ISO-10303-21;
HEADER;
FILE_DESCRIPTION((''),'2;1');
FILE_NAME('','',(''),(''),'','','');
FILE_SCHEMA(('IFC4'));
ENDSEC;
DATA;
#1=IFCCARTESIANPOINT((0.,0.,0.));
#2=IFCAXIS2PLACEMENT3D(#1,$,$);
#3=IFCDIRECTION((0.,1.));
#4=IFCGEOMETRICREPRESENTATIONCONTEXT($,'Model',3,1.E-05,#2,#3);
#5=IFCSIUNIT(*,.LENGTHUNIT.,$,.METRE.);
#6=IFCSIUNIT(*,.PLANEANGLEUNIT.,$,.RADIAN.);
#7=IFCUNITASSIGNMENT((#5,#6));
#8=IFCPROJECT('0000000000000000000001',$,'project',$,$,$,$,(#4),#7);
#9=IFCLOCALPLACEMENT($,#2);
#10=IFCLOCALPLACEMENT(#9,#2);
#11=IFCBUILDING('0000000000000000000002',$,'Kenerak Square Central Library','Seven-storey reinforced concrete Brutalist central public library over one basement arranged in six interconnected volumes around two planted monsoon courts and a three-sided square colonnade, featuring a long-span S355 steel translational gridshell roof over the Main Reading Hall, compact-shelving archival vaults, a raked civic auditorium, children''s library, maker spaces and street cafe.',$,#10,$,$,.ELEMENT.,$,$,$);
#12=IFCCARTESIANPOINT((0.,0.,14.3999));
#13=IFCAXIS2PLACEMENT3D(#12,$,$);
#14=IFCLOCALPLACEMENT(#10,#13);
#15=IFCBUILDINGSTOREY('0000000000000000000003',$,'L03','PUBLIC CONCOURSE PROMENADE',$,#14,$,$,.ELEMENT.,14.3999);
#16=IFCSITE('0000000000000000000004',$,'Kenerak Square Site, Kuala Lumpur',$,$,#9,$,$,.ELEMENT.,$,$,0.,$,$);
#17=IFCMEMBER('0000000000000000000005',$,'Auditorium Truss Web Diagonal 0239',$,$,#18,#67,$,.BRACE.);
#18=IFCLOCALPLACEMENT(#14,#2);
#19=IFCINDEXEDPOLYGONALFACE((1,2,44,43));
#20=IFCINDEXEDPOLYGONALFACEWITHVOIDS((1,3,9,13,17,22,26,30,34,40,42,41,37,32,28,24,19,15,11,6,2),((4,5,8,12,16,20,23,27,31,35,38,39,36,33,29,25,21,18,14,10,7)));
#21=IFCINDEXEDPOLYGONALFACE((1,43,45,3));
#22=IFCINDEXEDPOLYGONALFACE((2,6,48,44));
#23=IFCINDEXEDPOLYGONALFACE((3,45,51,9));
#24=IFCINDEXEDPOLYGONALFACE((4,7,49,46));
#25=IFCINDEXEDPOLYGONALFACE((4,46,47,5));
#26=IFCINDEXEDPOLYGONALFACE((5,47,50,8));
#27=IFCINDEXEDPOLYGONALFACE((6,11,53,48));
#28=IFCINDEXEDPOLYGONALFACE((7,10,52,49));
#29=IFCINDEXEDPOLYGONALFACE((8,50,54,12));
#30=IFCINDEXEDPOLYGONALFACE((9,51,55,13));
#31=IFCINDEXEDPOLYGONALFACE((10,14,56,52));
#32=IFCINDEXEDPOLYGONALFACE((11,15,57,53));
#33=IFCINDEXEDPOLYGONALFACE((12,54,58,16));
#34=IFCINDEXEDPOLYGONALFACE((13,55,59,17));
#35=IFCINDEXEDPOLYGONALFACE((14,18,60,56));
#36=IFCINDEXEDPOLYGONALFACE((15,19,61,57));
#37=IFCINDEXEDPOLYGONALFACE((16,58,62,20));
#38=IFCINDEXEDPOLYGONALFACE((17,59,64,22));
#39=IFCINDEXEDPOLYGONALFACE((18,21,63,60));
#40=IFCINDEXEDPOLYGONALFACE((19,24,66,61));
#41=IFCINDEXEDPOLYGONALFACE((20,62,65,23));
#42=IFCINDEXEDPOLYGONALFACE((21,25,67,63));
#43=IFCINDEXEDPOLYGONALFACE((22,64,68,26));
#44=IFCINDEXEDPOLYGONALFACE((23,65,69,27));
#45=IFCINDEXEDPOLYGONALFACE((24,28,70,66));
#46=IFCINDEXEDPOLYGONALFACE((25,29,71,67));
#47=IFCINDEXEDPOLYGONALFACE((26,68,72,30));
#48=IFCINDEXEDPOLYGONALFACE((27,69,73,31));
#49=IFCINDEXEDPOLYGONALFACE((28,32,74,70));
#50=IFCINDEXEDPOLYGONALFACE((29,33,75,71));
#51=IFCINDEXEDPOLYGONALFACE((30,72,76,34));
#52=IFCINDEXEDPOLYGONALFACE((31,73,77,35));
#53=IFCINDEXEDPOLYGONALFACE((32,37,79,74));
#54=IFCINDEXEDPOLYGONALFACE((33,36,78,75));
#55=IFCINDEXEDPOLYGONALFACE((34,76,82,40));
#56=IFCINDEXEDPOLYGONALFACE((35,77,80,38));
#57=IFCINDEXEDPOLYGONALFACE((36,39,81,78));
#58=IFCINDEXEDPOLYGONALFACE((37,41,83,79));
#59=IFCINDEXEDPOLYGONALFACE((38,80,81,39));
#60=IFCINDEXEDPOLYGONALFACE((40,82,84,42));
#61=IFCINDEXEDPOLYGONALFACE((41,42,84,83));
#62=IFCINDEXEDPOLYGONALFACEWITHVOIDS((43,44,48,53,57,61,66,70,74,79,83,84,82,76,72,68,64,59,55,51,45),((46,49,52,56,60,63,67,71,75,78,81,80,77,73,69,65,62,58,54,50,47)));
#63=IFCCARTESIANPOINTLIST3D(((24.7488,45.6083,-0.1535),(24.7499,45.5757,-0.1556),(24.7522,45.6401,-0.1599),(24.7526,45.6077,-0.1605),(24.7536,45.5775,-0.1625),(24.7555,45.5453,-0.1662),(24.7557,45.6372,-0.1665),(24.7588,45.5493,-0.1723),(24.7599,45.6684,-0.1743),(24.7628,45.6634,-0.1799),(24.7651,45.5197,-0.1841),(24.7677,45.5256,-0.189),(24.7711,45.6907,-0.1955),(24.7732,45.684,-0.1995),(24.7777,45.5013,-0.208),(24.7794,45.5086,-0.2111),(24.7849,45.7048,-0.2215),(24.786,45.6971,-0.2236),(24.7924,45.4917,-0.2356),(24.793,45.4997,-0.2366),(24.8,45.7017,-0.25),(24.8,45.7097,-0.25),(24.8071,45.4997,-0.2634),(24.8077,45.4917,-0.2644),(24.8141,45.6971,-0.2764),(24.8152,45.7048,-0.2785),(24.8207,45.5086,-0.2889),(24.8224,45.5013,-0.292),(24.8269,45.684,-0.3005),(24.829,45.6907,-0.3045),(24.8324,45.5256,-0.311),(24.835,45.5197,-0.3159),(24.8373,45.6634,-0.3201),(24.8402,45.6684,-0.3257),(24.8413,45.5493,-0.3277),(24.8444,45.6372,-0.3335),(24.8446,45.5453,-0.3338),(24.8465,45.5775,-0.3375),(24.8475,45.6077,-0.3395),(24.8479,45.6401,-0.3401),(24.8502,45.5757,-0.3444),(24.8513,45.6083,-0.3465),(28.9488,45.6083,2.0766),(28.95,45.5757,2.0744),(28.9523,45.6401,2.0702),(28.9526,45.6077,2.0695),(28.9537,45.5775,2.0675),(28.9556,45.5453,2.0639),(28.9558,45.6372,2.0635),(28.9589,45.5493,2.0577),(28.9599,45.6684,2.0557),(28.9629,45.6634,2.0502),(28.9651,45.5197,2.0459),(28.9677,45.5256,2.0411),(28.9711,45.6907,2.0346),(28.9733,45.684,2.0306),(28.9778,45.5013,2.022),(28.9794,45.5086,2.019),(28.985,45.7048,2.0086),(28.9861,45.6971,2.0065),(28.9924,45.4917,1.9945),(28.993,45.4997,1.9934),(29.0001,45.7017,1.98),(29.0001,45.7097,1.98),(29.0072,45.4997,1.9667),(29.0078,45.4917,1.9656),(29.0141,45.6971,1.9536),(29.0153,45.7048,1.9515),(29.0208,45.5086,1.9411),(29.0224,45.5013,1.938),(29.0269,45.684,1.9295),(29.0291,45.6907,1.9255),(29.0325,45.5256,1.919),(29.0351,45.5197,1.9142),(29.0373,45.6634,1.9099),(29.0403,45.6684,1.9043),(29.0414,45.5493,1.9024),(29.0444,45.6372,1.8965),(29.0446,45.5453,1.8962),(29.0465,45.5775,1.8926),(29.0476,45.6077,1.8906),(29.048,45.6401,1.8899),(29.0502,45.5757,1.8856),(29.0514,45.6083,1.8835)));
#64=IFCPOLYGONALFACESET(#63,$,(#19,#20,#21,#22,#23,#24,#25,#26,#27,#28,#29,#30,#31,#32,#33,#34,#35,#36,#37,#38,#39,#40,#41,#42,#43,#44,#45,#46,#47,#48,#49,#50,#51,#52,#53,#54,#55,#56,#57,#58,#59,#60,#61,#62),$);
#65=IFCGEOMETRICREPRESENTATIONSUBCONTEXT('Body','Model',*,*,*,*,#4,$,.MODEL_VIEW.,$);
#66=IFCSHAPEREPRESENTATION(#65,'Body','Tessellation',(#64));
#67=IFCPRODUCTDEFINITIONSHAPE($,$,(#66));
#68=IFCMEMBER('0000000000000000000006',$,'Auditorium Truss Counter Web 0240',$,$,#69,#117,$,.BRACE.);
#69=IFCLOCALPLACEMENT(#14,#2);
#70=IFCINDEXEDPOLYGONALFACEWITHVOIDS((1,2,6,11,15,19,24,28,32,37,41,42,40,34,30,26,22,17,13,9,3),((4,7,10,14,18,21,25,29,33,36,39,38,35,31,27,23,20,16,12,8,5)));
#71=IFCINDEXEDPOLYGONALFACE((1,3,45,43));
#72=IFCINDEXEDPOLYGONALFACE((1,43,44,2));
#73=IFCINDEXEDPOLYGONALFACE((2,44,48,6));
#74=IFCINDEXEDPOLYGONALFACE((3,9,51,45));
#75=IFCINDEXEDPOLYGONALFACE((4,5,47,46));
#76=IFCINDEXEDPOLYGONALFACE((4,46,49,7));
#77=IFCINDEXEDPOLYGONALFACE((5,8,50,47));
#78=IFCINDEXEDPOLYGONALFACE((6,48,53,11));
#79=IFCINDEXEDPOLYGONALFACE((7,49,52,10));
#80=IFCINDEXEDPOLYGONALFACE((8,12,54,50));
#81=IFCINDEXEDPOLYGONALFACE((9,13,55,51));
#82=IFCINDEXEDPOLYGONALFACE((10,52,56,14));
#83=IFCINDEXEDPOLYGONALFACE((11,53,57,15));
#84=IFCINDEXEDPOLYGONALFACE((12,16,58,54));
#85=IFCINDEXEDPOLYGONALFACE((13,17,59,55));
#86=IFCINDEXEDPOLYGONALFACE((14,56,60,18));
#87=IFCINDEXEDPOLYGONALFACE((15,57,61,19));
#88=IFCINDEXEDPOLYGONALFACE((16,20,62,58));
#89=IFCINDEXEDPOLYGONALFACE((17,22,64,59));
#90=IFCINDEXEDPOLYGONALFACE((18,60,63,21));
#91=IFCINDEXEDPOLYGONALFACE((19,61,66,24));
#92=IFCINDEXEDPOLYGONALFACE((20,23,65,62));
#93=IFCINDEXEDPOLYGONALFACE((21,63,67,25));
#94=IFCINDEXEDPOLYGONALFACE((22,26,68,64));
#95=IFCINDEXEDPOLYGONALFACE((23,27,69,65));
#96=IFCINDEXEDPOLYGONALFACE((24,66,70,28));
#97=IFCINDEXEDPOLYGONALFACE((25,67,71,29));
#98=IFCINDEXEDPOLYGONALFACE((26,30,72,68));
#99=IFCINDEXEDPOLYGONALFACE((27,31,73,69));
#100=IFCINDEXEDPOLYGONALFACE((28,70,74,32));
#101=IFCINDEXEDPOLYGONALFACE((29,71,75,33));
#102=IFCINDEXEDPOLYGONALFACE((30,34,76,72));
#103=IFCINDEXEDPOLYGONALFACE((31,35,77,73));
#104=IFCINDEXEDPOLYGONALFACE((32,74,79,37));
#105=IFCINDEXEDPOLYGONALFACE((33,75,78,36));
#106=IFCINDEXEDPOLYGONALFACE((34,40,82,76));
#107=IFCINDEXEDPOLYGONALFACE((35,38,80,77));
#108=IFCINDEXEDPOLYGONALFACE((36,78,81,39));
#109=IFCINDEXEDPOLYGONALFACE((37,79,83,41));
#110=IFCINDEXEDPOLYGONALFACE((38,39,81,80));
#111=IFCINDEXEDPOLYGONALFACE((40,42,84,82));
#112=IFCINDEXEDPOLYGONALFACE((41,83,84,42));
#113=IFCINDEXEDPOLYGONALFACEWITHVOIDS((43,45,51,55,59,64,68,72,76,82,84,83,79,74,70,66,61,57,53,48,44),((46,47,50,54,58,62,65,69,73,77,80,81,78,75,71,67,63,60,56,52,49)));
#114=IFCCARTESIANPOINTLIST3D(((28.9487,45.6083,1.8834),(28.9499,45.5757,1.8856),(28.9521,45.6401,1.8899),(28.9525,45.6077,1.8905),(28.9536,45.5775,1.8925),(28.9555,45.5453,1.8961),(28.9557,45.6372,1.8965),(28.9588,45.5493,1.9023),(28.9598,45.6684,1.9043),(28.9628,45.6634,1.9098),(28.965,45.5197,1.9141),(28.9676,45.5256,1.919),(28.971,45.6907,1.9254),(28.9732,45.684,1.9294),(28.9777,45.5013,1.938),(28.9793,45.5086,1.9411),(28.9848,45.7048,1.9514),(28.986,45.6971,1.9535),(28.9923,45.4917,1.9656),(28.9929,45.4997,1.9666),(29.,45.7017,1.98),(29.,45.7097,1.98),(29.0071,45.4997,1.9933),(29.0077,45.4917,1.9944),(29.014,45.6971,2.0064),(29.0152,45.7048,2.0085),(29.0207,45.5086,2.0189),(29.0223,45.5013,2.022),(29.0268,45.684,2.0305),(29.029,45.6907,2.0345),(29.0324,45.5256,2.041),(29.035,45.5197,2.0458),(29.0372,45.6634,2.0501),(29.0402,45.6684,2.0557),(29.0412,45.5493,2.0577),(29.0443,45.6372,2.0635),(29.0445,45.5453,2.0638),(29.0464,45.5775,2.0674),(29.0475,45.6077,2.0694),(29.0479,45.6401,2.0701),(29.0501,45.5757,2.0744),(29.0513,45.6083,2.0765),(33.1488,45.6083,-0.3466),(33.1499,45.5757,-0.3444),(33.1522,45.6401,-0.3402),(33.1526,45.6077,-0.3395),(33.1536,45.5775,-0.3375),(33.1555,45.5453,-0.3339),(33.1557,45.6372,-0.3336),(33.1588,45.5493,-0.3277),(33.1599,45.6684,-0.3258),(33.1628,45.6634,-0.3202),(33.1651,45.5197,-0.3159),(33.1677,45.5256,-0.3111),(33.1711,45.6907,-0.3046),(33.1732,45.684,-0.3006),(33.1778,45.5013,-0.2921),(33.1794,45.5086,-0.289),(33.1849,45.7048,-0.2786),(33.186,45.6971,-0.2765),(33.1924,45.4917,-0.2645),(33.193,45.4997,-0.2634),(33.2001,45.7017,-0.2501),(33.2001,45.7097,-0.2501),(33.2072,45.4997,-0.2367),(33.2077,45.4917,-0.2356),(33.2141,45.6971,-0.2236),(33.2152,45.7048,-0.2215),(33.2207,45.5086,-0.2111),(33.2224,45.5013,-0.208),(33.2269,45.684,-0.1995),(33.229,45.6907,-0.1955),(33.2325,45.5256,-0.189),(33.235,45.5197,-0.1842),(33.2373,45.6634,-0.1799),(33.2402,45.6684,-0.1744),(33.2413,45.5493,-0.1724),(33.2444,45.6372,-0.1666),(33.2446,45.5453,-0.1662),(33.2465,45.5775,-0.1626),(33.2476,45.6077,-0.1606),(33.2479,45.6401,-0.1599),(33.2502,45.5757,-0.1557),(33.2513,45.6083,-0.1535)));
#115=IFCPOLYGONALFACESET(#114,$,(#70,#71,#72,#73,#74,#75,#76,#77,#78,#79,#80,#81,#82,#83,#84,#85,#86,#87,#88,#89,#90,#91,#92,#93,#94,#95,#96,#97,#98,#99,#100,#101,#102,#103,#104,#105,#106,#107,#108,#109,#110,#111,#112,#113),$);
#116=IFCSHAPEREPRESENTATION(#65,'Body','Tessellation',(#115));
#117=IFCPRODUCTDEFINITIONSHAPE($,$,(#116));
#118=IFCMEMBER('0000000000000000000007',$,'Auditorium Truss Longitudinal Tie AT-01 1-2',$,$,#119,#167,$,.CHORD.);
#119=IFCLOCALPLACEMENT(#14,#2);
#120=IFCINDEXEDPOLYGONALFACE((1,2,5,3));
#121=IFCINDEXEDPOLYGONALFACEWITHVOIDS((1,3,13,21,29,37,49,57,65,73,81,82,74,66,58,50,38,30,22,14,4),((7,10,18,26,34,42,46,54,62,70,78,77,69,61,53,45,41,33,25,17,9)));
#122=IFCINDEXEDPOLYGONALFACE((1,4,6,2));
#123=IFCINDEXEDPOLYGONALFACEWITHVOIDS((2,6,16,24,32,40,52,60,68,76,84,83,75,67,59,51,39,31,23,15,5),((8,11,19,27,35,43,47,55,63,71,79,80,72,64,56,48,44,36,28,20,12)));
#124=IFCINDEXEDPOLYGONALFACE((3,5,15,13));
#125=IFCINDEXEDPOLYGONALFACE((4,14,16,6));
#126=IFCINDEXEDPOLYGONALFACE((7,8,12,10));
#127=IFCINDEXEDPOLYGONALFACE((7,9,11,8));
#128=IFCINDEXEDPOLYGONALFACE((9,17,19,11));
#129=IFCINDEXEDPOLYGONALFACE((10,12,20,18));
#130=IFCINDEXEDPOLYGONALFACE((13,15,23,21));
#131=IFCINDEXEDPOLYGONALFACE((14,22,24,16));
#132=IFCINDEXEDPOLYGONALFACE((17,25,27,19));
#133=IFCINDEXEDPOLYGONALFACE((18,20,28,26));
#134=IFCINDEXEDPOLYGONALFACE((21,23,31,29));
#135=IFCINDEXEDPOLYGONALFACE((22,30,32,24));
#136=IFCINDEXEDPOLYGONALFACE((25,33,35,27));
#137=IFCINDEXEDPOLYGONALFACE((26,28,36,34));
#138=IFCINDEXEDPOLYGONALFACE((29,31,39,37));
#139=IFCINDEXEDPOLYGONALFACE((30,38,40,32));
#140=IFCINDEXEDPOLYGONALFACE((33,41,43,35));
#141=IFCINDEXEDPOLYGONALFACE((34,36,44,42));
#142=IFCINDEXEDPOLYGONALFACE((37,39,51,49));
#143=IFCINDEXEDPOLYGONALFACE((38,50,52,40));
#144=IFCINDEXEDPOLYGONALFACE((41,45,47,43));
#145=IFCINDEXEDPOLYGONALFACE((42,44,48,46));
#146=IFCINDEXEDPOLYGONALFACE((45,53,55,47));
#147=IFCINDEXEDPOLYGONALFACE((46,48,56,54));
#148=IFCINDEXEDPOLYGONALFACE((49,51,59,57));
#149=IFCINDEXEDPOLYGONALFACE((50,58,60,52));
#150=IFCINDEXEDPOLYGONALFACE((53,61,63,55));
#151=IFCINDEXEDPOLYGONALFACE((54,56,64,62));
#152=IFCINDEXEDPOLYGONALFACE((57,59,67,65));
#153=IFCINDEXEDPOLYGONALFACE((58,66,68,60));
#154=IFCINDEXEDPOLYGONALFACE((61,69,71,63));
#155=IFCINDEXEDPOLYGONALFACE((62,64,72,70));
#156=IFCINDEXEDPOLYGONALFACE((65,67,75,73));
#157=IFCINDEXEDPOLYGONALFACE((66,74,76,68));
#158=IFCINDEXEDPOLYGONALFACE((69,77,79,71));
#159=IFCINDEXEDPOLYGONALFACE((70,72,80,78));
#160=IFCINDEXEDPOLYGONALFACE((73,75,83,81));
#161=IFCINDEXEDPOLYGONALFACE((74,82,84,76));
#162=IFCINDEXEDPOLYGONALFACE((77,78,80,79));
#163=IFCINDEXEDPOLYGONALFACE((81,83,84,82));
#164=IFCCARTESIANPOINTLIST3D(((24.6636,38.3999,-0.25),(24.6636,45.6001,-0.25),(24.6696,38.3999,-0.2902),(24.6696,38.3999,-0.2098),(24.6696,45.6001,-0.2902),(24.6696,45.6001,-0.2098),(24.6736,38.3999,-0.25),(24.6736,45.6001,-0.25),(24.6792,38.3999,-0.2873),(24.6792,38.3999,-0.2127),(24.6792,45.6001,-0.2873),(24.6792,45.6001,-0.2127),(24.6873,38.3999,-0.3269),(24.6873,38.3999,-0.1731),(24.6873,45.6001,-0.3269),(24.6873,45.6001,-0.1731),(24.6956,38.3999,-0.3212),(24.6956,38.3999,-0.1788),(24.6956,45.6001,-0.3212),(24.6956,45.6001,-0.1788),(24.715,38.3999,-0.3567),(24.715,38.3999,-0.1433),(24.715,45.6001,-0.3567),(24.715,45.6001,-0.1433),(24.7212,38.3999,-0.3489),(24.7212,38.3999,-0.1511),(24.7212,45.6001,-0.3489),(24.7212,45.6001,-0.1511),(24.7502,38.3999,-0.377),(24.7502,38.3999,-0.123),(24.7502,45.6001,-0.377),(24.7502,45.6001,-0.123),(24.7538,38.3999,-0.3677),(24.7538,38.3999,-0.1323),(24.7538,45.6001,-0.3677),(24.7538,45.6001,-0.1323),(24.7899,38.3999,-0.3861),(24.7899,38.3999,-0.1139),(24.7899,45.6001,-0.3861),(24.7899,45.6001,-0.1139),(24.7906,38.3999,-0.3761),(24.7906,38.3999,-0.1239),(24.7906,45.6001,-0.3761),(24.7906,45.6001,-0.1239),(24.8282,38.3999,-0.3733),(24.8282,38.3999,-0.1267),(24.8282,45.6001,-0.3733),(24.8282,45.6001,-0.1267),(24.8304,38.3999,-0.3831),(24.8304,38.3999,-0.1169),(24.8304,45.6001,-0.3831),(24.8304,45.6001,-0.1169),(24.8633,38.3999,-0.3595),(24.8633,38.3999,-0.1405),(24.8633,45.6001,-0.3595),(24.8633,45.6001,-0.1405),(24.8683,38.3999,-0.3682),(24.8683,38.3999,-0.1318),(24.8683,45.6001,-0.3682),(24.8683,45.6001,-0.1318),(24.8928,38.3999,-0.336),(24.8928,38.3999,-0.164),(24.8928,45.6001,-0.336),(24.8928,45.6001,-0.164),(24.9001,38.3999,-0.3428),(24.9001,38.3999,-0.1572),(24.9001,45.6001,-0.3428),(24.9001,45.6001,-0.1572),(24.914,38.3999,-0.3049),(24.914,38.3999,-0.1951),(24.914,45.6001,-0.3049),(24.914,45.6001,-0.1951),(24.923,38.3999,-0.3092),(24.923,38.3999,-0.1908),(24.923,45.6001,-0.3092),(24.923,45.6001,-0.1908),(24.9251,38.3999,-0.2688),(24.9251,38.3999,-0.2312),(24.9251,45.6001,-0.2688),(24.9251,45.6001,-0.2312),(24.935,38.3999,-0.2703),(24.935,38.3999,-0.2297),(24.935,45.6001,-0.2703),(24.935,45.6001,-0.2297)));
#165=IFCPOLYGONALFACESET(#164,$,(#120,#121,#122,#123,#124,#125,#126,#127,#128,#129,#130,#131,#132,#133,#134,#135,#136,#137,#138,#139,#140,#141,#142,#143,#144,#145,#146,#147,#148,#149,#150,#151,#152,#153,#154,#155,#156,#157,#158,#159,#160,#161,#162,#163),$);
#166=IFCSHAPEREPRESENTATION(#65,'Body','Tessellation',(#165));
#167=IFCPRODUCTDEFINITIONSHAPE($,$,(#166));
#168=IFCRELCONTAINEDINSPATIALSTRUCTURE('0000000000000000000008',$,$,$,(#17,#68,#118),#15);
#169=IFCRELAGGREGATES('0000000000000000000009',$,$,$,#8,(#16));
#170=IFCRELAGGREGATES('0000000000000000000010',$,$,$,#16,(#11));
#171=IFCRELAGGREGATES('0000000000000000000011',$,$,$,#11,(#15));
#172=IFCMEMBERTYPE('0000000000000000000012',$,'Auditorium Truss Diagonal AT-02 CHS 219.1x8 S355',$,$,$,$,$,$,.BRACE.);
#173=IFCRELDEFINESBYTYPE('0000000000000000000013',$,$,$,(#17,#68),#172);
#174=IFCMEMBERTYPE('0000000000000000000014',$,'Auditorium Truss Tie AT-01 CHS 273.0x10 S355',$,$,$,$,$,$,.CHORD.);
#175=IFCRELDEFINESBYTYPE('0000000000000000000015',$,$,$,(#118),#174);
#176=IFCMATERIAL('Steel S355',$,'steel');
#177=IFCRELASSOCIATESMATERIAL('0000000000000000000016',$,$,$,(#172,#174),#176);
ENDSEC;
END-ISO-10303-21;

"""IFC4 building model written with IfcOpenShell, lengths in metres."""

from ifc_helpers import new_model, si_unit, direction, frame, origin, origin_2d, place, context, subcontext, project, spatial, hollow_circle, extrude, material, material_profile, profile_set, type_object, element, save


model = new_model("IFC4")

# Units and contexts
model_context = context("Model", 3, precision=1e-05, world=origin(), true_north=direction((0.0, 1.0)))
body_context = subcontext(model_context, "Body", "Model", "MODEL_VIEW")
ifc_project = project(units=[si_unit("LENGTHUNIT", "METRE"), si_unit("PLANEANGLEUNIT", "RADIAN")], contexts=[model_context])

# Site, building, storey
site_placement = place(None, origin())
site = spatial("IfcSite", under=ifc_project, at=site_placement, Name="Kenerak Square Site, Kuala Lumpur", CompositionType="ELEMENT", RefElevation=0.0)
building_placement = place(site_placement, origin())
building = spatial("IfcBuilding", under=site, at=building_placement, Name="Kenerak Square Central Library", Description="Seven-storey reinforced concrete Brutalist central public library over one basement arranged in six interconnected volumes around two planted monsoon courts and a three-sided square colonnade, featuring a long-span S355 steel translational gridshell roof over the Main Reading Hall, compact-shelving archival vaults, a raked civic auditorium, children's library, maker spaces and street cafe.", CompositionType="ELEMENT")
storey_placement = place(building_placement, frame((0.0, 0.0, 14.3999)))
storey = spatial("IfcBuildingStorey", under=building, at=storey_placement, Name="L03", Description="PUBLIC CONCOURSE PROMENADE", CompositionType="ELEMENT", Elevation=14.3999)

# Members
ifc_material_1 = material(Name="Steel S355", Category="steel")
ifc_material_profile_1 = material_profile(ifc_material_1, hollow_circle(Radius=0.1096, WallThickness=0.0081, at=origin_2d()), Name="CHS 219.1x8.0")
ifc_profile_set_1 = profile_set([ifc_material_profile_1], Name="Steel S355")
member_type_1 = type_object("IfcMemberType", Name="Auditorium Truss Diagonal AT-02 CHS 219.1x8 S355", PredefinedType="BRACE", material=ifc_profile_set_1)
for number, where, z_axis, x_axis, name in (
    (1, (24.8, 45.6001, -0.25), (0.883224, 0.0, 0.468951), (0.0, 1.0, 0.0), "Auditorium Truss Web Diagonal 0239"),
    (2, (29.0, 45.6001, 1.98), (0.883224, 0.0, -0.468951), (0.0, 1.0, 0.0), "Auditorium Truss Counter Web 0240"),
):
    element("IfcMember", number, at=place(storey_placement, frame(where, z_axis=z_axis, x_axis=x_axis)), inside=storey, type_object=member_type_1, Name=name, PredefinedType="BRACE", context=body_context, shape_type="SweptSolid", body=[
        extrude(hollow_circle(Radius=0.1096, WallThickness=0.0081, at=origin_2d()), origin(), (0.0, 0.0, 1.0), 4.7554),
    ])
ifc_material_profile_2 = material_profile(ifc_material_1, hollow_circle(Radius=0.1365, WallThickness=0.01, at=origin_2d()), Name="CHS 273.0x10.0")
ifc_profile_set_2 = profile_set([ifc_material_profile_2], Name="Steel S355")
member_type_2 = type_object("IfcMemberType", Name="Auditorium Truss Tie AT-01 CHS 273.0x10 S355", PredefinedType="CHORD", material=ifc_profile_set_2)
member_1_placement = place(storey_placement, frame((24.8, 38.3999, -0.25), z_axis=(0.0, 1.0, 0.0), x_axis=(-1.0, 0.0, 0.0)))
element("IfcMember", 3, at=member_1_placement, inside=storey, type_object=member_type_2, Name="Auditorium Truss Longitudinal Tie AT-01 1-2", PredefinedType="CHORD", context=body_context, shape_type="SweptSolid", body=[
    extrude(hollow_circle(Radius=0.1365, WallThickness=0.01, at=origin_2d()), origin(), (0.0, 0.0, 1.0), 7.2002),
])

save(model, "model.ifc")
